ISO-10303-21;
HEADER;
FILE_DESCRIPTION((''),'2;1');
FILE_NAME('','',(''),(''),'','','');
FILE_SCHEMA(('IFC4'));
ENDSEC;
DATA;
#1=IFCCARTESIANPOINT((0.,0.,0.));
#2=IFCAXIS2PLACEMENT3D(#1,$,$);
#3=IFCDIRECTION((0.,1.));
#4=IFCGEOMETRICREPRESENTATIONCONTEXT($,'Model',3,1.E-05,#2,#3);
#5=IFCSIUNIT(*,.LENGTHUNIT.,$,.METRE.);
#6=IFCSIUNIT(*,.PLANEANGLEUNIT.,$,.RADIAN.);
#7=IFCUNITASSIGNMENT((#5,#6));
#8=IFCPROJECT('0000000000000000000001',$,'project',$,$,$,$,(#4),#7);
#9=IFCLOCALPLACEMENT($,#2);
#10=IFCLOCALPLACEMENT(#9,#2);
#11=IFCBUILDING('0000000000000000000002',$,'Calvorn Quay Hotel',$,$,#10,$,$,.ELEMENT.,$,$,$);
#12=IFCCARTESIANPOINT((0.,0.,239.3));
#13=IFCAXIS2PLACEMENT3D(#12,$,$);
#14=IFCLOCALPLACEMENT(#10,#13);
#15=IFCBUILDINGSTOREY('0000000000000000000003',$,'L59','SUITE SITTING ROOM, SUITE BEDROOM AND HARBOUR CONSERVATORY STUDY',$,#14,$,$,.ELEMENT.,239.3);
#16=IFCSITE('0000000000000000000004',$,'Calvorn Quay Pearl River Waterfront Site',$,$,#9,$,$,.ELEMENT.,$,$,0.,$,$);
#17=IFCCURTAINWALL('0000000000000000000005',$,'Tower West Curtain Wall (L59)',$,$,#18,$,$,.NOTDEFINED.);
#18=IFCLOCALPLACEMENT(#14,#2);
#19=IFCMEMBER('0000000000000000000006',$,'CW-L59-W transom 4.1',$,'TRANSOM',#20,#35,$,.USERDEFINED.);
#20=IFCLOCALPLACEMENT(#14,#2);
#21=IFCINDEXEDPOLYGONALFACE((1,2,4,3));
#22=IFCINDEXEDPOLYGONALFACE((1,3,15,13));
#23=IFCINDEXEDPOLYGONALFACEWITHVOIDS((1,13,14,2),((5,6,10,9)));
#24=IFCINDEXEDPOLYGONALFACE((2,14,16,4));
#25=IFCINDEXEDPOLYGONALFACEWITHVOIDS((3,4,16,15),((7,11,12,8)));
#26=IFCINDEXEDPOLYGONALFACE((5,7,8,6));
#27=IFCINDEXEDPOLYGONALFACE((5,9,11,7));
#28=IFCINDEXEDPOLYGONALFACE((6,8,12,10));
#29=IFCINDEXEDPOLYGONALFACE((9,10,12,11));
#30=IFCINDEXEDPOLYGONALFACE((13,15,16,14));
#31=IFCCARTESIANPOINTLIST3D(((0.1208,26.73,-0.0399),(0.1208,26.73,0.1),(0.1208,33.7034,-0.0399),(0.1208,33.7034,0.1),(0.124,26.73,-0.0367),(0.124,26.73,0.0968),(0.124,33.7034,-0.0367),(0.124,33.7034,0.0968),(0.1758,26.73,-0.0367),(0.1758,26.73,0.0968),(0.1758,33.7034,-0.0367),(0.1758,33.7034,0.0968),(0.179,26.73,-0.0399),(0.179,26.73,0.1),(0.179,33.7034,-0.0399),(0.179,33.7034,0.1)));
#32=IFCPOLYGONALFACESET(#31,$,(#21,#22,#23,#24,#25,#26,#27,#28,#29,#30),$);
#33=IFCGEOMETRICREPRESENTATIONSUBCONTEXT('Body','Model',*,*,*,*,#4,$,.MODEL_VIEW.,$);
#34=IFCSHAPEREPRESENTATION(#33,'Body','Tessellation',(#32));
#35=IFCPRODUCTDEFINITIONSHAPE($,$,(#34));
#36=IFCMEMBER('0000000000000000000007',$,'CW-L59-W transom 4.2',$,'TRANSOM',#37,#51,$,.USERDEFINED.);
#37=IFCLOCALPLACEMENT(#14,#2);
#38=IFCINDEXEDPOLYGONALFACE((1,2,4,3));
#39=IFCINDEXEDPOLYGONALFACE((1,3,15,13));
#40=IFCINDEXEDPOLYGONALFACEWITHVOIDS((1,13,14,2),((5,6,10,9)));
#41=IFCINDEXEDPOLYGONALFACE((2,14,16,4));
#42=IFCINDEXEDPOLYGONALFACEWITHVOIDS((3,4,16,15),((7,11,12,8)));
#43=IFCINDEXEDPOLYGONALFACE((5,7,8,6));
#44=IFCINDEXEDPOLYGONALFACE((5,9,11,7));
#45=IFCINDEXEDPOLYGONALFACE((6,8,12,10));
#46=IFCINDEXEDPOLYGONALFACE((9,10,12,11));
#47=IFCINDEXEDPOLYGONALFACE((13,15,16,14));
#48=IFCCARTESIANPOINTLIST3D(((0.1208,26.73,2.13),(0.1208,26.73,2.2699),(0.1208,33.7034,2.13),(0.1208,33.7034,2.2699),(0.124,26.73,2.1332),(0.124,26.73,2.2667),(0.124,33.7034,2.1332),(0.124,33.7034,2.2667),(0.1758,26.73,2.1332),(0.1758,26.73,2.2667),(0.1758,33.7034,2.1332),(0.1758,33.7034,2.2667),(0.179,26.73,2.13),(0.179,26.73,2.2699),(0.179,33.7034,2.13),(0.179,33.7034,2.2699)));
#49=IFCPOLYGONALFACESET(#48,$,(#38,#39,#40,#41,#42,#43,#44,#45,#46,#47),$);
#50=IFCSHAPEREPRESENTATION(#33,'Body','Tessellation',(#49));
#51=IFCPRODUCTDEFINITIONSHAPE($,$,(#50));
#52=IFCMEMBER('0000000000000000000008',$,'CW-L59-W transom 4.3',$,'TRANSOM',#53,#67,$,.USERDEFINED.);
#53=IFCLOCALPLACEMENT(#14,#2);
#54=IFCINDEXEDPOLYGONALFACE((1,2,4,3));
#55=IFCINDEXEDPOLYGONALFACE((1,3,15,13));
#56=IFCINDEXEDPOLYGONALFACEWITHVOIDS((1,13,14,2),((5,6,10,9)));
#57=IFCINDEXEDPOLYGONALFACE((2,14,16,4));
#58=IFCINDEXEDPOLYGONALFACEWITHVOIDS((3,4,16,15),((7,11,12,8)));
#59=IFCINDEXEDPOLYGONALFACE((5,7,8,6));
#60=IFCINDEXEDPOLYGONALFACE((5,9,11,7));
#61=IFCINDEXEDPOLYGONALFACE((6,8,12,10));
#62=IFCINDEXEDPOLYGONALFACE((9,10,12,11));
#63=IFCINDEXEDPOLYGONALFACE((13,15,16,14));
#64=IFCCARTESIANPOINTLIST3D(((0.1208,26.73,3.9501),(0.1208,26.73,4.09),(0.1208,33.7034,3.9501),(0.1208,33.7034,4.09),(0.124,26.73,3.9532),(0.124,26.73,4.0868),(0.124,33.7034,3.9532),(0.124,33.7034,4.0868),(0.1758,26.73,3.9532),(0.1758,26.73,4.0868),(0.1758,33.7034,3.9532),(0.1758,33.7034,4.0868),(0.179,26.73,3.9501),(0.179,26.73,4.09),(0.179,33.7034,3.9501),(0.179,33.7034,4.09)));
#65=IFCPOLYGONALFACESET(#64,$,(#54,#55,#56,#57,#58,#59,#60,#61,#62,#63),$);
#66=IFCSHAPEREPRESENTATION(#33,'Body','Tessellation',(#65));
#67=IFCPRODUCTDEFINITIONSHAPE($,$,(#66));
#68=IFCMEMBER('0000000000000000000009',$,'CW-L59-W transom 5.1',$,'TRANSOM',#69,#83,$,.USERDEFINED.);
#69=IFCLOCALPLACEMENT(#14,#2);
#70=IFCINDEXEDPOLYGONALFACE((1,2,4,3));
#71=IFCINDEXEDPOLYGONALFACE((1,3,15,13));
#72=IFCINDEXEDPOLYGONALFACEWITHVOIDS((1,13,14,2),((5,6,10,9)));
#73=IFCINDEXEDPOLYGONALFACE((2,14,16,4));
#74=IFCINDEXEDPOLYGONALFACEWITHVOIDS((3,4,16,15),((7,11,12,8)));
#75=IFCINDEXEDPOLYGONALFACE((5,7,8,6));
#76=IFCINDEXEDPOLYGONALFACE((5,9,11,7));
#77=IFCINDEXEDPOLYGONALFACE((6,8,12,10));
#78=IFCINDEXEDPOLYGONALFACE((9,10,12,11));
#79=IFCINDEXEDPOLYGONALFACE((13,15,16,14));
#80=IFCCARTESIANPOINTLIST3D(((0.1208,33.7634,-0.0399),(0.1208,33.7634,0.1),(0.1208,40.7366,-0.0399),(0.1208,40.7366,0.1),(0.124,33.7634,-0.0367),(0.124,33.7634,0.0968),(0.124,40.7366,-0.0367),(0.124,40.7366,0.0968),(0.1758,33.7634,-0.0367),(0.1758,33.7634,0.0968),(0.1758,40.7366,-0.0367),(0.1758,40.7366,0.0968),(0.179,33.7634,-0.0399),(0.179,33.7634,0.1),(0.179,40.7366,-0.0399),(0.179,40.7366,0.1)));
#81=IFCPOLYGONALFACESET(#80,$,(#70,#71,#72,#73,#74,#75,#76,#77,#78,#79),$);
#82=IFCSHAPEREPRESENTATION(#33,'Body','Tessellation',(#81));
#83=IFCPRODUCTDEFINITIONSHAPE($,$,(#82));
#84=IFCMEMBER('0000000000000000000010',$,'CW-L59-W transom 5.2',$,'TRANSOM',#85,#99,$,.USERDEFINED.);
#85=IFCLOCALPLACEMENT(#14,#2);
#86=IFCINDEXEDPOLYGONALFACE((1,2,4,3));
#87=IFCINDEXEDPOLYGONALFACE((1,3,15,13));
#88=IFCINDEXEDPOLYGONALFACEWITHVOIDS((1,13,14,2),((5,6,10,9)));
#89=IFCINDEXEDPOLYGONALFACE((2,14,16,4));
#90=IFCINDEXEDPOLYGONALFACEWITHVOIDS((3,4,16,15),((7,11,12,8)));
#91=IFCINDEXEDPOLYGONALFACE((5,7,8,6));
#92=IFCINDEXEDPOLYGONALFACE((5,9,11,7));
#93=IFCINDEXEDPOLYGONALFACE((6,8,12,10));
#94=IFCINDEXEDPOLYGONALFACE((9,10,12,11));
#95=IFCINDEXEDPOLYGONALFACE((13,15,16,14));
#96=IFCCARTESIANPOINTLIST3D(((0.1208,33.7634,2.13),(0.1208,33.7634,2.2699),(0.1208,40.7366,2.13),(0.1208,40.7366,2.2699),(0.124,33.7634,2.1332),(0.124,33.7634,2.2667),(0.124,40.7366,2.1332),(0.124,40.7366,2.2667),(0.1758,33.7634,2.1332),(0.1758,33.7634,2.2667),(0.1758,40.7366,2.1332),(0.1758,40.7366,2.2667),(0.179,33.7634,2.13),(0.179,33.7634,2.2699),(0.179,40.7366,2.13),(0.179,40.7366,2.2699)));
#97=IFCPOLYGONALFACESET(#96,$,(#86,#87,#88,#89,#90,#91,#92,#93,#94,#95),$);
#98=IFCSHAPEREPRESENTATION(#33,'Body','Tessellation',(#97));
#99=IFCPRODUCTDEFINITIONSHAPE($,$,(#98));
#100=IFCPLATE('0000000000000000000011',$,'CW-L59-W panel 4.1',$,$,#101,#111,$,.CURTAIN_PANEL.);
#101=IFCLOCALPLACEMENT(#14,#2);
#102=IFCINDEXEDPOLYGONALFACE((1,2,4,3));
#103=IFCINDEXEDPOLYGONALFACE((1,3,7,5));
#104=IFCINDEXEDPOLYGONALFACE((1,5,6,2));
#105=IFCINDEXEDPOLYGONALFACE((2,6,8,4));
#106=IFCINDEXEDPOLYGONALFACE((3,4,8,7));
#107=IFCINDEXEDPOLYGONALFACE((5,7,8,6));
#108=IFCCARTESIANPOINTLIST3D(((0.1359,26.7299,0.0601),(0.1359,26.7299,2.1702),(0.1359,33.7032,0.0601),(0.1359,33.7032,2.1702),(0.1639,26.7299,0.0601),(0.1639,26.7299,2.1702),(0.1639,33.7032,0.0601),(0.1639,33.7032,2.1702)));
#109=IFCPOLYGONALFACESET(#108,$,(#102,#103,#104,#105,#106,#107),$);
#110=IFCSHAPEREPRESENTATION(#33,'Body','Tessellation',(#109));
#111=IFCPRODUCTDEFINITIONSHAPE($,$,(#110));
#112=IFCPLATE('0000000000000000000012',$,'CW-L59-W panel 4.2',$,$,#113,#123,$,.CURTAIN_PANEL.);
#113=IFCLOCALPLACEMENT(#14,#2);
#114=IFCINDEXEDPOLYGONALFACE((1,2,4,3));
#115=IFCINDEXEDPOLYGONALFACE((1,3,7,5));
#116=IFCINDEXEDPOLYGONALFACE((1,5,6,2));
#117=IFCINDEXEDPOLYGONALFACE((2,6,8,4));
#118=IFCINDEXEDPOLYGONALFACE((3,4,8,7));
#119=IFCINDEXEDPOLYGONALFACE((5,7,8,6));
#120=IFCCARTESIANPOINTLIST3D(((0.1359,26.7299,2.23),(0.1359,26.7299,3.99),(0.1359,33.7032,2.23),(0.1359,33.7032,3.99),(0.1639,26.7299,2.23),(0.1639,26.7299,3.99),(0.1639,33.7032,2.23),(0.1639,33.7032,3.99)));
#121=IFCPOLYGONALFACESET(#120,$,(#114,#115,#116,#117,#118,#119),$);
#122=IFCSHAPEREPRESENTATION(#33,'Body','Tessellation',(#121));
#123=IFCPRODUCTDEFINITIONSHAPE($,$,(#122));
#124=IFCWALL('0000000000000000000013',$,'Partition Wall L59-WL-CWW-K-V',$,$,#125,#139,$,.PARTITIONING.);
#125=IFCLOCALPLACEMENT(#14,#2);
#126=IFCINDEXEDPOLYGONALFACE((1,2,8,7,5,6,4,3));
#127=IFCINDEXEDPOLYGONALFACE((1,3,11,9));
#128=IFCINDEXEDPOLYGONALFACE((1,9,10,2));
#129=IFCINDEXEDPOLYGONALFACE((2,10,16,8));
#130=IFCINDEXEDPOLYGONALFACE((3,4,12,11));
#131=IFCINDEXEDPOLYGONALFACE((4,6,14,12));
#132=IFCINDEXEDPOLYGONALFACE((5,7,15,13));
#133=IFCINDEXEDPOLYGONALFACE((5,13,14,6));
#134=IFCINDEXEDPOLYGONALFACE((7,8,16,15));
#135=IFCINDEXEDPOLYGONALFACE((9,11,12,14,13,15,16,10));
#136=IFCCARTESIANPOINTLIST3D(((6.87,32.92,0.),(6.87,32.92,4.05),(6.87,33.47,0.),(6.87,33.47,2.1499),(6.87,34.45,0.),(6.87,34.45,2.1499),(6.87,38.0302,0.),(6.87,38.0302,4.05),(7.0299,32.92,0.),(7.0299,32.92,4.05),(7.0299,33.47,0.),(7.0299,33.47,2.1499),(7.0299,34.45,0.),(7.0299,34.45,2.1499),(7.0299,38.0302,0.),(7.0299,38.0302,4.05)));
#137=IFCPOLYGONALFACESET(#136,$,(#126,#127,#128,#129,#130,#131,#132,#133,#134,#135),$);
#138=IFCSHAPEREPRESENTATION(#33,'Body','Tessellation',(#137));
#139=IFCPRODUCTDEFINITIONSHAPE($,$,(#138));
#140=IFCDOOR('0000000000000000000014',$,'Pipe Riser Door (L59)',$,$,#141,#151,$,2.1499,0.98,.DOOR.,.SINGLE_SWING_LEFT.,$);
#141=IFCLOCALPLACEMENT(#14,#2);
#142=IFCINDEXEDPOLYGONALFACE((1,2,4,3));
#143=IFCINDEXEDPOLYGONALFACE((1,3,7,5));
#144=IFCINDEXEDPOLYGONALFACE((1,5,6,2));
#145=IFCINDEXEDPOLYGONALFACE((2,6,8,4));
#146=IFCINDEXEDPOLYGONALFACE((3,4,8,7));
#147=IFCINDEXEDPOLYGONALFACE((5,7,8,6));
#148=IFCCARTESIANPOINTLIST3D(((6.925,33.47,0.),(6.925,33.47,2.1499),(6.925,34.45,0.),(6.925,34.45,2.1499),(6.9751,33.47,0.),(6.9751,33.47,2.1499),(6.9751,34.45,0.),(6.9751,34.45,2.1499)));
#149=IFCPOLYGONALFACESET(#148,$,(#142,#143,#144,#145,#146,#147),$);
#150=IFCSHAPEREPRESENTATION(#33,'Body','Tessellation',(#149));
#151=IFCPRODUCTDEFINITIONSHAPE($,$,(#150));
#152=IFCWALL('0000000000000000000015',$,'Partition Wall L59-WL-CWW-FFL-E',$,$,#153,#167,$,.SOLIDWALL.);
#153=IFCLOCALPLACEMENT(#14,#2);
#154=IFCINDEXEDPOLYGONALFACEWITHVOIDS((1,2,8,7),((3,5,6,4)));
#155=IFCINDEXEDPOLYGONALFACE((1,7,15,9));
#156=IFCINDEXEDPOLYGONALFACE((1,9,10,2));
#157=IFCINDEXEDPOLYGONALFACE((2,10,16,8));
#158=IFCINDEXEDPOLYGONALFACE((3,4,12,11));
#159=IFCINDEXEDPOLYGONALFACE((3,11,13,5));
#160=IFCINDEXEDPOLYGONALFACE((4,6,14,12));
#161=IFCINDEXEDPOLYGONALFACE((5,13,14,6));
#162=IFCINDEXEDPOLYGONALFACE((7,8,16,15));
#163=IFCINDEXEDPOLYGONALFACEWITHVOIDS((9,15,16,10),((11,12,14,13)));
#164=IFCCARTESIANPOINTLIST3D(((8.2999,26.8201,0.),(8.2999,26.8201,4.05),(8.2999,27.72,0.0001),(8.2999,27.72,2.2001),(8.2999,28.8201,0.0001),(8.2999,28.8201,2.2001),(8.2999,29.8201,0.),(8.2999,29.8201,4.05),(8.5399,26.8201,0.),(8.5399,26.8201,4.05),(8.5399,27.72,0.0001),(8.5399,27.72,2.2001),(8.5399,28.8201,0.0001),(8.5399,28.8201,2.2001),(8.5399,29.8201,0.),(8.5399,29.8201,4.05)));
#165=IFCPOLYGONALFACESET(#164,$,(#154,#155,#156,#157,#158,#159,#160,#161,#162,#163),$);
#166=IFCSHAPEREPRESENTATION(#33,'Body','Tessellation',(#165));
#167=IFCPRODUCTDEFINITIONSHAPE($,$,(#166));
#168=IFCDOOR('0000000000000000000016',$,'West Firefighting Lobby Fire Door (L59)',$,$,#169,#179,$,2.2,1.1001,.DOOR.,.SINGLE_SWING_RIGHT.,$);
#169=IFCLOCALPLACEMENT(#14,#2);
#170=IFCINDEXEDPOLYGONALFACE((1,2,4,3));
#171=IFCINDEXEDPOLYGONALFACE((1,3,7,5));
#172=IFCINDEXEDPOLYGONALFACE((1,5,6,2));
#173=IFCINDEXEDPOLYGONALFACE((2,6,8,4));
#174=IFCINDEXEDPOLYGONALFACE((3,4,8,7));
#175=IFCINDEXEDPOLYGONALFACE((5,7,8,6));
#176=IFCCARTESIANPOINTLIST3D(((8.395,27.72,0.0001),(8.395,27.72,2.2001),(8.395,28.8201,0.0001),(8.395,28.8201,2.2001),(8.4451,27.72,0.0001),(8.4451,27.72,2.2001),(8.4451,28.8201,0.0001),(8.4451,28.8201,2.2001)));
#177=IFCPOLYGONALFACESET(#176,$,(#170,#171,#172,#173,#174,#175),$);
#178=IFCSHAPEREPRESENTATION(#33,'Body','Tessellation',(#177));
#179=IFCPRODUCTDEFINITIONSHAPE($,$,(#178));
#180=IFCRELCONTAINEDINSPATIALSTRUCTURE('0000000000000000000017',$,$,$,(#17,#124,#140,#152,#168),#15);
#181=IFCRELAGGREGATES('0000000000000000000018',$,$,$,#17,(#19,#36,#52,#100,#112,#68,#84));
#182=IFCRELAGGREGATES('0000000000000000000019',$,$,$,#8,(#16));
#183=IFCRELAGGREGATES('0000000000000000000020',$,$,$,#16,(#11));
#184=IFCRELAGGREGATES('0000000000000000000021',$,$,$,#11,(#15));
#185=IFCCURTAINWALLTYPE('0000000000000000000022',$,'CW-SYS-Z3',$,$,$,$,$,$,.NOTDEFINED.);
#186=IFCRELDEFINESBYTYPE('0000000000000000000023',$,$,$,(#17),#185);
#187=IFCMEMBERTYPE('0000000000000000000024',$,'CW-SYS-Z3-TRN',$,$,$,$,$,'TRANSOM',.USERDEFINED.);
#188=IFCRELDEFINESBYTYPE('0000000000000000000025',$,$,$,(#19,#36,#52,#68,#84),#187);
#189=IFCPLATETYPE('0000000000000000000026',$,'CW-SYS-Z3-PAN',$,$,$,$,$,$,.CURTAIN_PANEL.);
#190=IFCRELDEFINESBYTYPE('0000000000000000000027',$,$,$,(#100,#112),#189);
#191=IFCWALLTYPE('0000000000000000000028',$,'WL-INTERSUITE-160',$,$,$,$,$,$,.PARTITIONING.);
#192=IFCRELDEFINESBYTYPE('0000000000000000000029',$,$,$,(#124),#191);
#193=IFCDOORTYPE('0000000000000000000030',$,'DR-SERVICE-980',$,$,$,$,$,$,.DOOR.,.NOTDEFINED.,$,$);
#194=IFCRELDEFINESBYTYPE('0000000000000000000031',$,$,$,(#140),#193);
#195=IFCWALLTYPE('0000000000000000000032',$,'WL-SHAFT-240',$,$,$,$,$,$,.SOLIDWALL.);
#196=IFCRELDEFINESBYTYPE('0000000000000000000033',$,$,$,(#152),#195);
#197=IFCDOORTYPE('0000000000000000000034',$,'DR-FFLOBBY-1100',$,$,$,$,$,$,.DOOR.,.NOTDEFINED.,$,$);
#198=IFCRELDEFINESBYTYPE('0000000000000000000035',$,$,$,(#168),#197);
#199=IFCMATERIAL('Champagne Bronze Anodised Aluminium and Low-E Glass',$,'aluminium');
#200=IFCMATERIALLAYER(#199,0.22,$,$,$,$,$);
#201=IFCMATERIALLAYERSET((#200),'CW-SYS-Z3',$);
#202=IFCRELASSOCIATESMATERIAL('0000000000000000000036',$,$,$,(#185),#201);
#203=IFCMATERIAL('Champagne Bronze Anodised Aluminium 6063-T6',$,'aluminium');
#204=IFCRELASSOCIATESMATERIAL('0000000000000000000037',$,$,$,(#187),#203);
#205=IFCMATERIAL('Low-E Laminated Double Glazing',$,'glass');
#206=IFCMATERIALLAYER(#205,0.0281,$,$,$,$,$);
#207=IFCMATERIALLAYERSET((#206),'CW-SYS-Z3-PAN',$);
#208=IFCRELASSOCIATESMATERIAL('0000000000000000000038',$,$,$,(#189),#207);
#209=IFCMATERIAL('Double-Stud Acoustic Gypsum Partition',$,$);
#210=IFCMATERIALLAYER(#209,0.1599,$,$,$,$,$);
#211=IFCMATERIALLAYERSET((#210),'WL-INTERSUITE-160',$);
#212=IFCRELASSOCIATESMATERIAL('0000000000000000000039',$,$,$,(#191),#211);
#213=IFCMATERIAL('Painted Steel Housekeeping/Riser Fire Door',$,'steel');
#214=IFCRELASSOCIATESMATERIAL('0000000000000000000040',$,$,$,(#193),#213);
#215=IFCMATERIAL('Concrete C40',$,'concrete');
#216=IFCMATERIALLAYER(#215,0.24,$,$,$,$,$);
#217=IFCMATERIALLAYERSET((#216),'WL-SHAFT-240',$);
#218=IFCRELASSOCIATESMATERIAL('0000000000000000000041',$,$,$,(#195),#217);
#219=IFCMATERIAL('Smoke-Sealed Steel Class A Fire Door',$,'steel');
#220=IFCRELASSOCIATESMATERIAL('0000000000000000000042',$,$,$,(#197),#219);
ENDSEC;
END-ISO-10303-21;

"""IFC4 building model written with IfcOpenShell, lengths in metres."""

from ifc_helpers import new_model, si_unit, direction, frame, frame_2d, origin, origin_2d, place, context, subcontext, project, spatial, rectangle, hollow_rectangle, extrude, material, layer, layer_set, material_profile, profile_set, type_object, element, fill, aggregate, save


model = new_model("IFC4")

# Units and contexts
model_context = context("Model", 3, precision=1e-05, world=origin(), true_north=direction((0.0, 1.0)))
body_context = subcontext(model_context, "Body", "Model", "MODEL_VIEW")
ifc_project = project(units=[si_unit("LENGTHUNIT", "METRE"), si_unit("PLANEANGLEUNIT", "RADIAN")], contexts=[model_context])

# Site, building, storey
site_placement = place(None, origin())
site = spatial("IfcSite", under=ifc_project, at=site_placement, Name="Calvorn Quay Pearl River Waterfront Site", CompositionType="ELEMENT", RefElevation=0.0)
building_placement = place(site_placement, origin())
building = spatial("IfcBuilding", under=site, at=building_placement, Name="Calvorn Quay Hotel", CompositionType="ELEMENT")
storey_placement = place(building_placement, frame((0.0, 0.0, 239.3)))
storey = spatial("IfcBuildingStorey", under=building, at=storey_placement, Name="L59", Description="SUITE SITTING ROOM, SUITE BEDROOM AND HARBOUR CONSERVATORY STUDY", CompositionType="ELEMENT", Elevation=239.3)

# Curtain wall, members, plates
ifc_material_1 = material(Name="Champagne Bronze Anodised Aluminium and Low-E Glass", Category="aluminium")
ifc_layer_1 = layer(ifc_material_1, 0.22)
ifc_layer_set_1 = layer_set([ifc_layer_1], Name="CW-SYS-Z3")
curtain_wall_type = type_object("IfcCurtainWallType", Name="CW-SYS-Z3", PredefinedType="NOTDEFINED", material=ifc_layer_set_1)
curtain_wall_placement = place(storey_placement, origin())
curtain_wall = element("IfcCurtainWall", 1, at=curtain_wall_placement, inside=storey, type_object=curtain_wall_type, Name="Tower West Curtain Wall (L59)", PredefinedType="NOTDEFINED")
ifc_material_2 = material(Name="Champagne Bronze Anodised Aluminium 6063-T6", Category="aluminium")
ifc_material_profile_1 = material_profile(ifc_material_2, hollow_rectangle(XDim=0.0581, YDim=0.1399, WallThickness=0.0032, at=origin_2d()), Name="ALU-T140x58x3.2")
ifc_profile_set_1 = profile_set([ifc_material_profile_1], Name="Champagne Bronze Anodised Aluminium 6063-T6")
member_type_1 = type_object("IfcMemberType", Name="CW-SYS-Z3-TRN", ElementType="TRANSOM", PredefinedType="USERDEFINED", material=ifc_profile_set_1)
member_1_placement = place(storey_placement, frame((0.1499, 26.73, 0.03), z_axis=(0.0, 1.0, 0.0), x_axis=(-1.0, 0.0, 0.0)))
member_1 = element("IfcMember", 2, at=member_1_placement, type_object=member_type_1, Name="CW-L59-W transom 4.1", ObjectType="TRANSOM", PredefinedType="USERDEFINED", context=body_context, shape_type="SweptSolid", body=[
    extrude(hollow_rectangle(XDim=0.0581, YDim=0.1399, WallThickness=0.0032, at=origin_2d()), origin(), (0.0, 0.0, 1.0), 6.9734),
])
member_2_placement = place(storey_placement, frame((0.1499, 26.73, 2.2), z_axis=(0.0, 1.0, 0.0), x_axis=(-1.0, 0.0, 0.0)))
member_2 = element("IfcMember", 3, at=member_2_placement, type_object=member_type_1, Name="CW-L59-W transom 4.2", ObjectType="TRANSOM", PredefinedType="USERDEFINED", context=body_context, shape_type="SweptSolid", body=[
    extrude(hollow_rectangle(XDim=0.0581, YDim=0.1399, WallThickness=0.0032, at=origin_2d()), origin(), (0.0, 0.0, 1.0), 6.9734),
])
member_3_placement = place(storey_placement, frame((0.1499, 26.73, 4.02), z_axis=(0.0, 1.0, 0.0), x_axis=(-1.0, 0.0, 0.0)))
member_3 = element("IfcMember", 4, at=member_3_placement, type_object=member_type_1, Name="CW-L59-W transom 4.3", ObjectType="TRANSOM", PredefinedType="USERDEFINED", context=body_context, shape_type="SweptSolid", body=[
    extrude(hollow_rectangle(XDim=0.0581, YDim=0.1399, WallThickness=0.0032, at=origin_2d()), origin(), (0.0, 0.0, 1.0), 6.9734),
])
member_4_placement = place(storey_placement, frame((0.1499, 33.7634, 0.03), z_axis=(0.0, 1.0, 0.0), x_axis=(-1.0, 0.0, 0.0)))
member_4 = element("IfcMember", 5, at=member_4_placement, type_object=member_type_1, Name="CW-L59-W transom 5.1", ObjectType="TRANSOM", PredefinedType="USERDEFINED", context=body_context, shape_type="SweptSolid", body=[
    extrude(hollow_rectangle(XDim=0.0581, YDim=0.1399, WallThickness=0.0032, at=origin_2d()), origin(), (0.0, 0.0, 1.0), 6.9731),
])
member_5_placement = place(storey_placement, frame((0.1499, 33.7634, 2.2), z_axis=(0.0, 1.0, 0.0), x_axis=(-1.0, 0.0, 0.0)))
member_5 = element("IfcMember", 6, at=member_5_placement, type_object=member_type_1, Name="CW-L59-W transom 5.2", ObjectType="TRANSOM", PredefinedType="USERDEFINED", context=body_context, shape_type="SweptSolid", body=[
    extrude(hollow_rectangle(XDim=0.0581, YDim=0.1399, WallThickness=0.0032, at=origin_2d()), origin(), (0.0, 0.0, 1.0), 6.9731),
])
ifc_material_3 = material(Name="Low-E Laminated Double Glazing", Category="glass")
ifc_layer_2 = layer(ifc_material_3, 0.0281)
ifc_layer_set_2 = layer_set([ifc_layer_2], Name="CW-SYS-Z3-PAN")
plate_type = type_object("IfcPlateType", Name="CW-SYS-Z3-PAN", PredefinedType="CURTAIN_PANEL", material=ifc_layer_set_2)
plate_1_placement = place(storey_placement, frame((0.1499, 30.2166, 0.0601), z_axis=(0.0, 0.0, 1.0), x_axis=(0.0, 1.0, 0.0)))
plate_1 = element("IfcPlate", 7, at=plate_1_placement, type_object=plate_type, Name="CW-L59-W panel 4.1", PredefinedType="CURTAIN_PANEL", context=body_context, shape_type="SweptSolid", body=[
    extrude(rectangle(XDim=6.9734, YDim=0.0281, at=origin_2d()), origin(), (0.0, 0.0, 1.0), 2.1101),
])
plate_2_placement = place(storey_placement, frame((0.1499, 30.2166, 2.23), z_axis=(0.0, 0.0, 1.0), x_axis=(0.0, 1.0, 0.0)))
plate_2 = element("IfcPlate", 8, at=plate_2_placement, type_object=plate_type, Name="CW-L59-W panel 4.2", PredefinedType="CURTAIN_PANEL", context=body_context, shape_type="SweptSolid", body=[
    extrude(rectangle(XDim=6.9734, YDim=0.0281, at=origin_2d()), origin(), (0.0, 0.0, 1.0), 1.76),
])
aggregate(curtain_wall, [member_1, member_2, member_3, plate_1, plate_2, member_4, member_5])

# Walls, openings, doors
ifc_material_4 = material(Name="Double-Stud Acoustic Gypsum Partition")
ifc_layer_3 = layer(ifc_material_4, 0.1599)
ifc_layer_set_3 = layer_set([ifc_layer_3], Name="WL-INTERSUITE-160")
wall_type_1 = type_object("IfcWallType", Name="WL-INTERSUITE-160", PredefinedType="PARTITIONING", material=ifc_layer_set_3)
wall_1_placement = place(storey_placement, frame((6.95, 32.9199, 0.0), z_axis=(0.0, 0.0, 1.0), x_axis=(0.0, 1.0, 0.0)))
wall_1 = element("IfcWall", 9, at=wall_1_placement, inside=storey, type_object=wall_type_1, Name="Partition Wall L59-WL-CWW-K-V", PredefinedType="PARTITIONING", context=body_context, shape_type="SweptSolid", body=[
    extrude(rectangle(XDim=5.1101, YDim=0.1599, at=frame_2d((2.5552, 0.0))), origin(), (0.0, 0.0, 1.0), 4.05),
])
opening_1_placement = place(wall_1_placement, frame((0.55, 0.0, 0.0)))
opening_1 = element("IfcOpeningElement", 10, at=opening_1_placement, cuts=wall_1, PredefinedType="OPENING", context=body_context, shape_type="SweptSolid", body=[
    extrude(rectangle(XDim=0.98, YDim=2.1499, at=frame_2d((0.49, 1.075))), frame((0.0, 0.0898, 0.0), z_axis=(0.0, -1.0, 0.0), x_axis=(1.0, 0.0, 0.0)), (0.0, 0.0, 1.0), 0.1799),
])
ifc_material_5 = material(Name="Painted Steel Housekeeping/Riser Fire Door", Category="steel")
door_type_1 = type_object("IfcDoorType", Name="DR-SERVICE-980", OperationType="NOTDEFINED", PredefinedType="DOOR", material=ifc_material_5)
door_1_placement = place(opening_1_placement, origin())
door_1 = element("IfcDoor", 11, at=door_1_placement, inside=storey, type_object=door_type_1, Name="Pipe Riser Door (L59)", OperationType="SINGLE_SWING_LEFT", OverallHeight=2.1499, OverallWidth=0.98, PredefinedType="DOOR", context=body_context, shape_type="SweptSolid", body=[
    extrude(rectangle(XDim=0.98, YDim=2.1499, at=frame_2d((0.49, 1.075))), frame((0.0, 0.0249, 0.0), z_axis=(0.0, -1.0, 0.0), x_axis=(1.0, 0.0, 0.0)), (0.0, 0.0, 1.0), 0.05),
])
fill(opening_1, door_1)
ifc_material_6 = material(Name="Concrete C40", Category="concrete")
ifc_layer_4 = layer(ifc_material_6, 0.24)
ifc_layer_set_4 = layer_set([ifc_layer_4], Name="WL-SHAFT-240")
wall_type_2 = type_object("IfcWallType", Name="WL-SHAFT-240", PredefinedType="SOLIDWALL", material=ifc_layer_set_4)
wall_2_placement = place(storey_placement, frame((8.4199, 26.8201, 0.0), z_axis=(0.0, 0.0, 1.0), x_axis=(0.0, 1.0, 0.0)))
wall_2 = element("IfcWall", 12, at=wall_2_placement, inside=storey, type_object=wall_type_2, Name="Partition Wall L59-WL-CWW-FFL-E", PredefinedType="SOLIDWALL", context=body_context, shape_type="SweptSolid", body=[
    extrude(rectangle(XDim=3.0, YDim=0.24, at=frame_2d((1.5, 0.0))), origin(), (0.0, 0.0, 1.0), 4.05),
])
opening_2_placement = place(wall_2_placement, frame((0.8999, 0.0, 0.0)))
opening_2 = element("IfcOpeningElement", 13, at=opening_2_placement, cuts=wall_2, PredefinedType="OPENING", context=body_context, shape_type="SweptSolid", body=[
    extrude(rectangle(XDim=1.1001, YDim=2.2, at=frame_2d((0.55, 1.1001))), frame((0.0, 0.1299, 0.0), z_axis=(0.0, -1.0, 0.0), x_axis=(1.0, 0.0, 0.0)), (0.0, 0.0, 1.0), 0.26),
])
ifc_material_7 = material(Name="Smoke-Sealed Steel Class A Fire Door", Category="steel")
door_type_2 = type_object("IfcDoorType", Name="DR-FFLOBBY-1100", OperationType="NOTDEFINED", PredefinedType="DOOR", material=ifc_material_7)
door_2_placement = place(opening_2_placement, origin())
door_2 = element("IfcDoor", 14, at=door_2_placement, inside=storey, type_object=door_type_2, Name="West Firefighting Lobby Fire Door (L59)", OperationType="SINGLE_SWING_RIGHT", OverallHeight=2.2, OverallWidth=1.1001, PredefinedType="DOOR", context=body_context, shape_type="SweptSolid", body=[
    extrude(rectangle(XDim=1.1001, YDim=2.2, at=frame_2d((0.55, 1.1001))), frame((0.0, 0.0249, 0.0), z_axis=(0.0, -1.0, 0.0), x_axis=(1.0, 0.0, 0.0)), (0.0, 0.0, 1.0), 0.05),
])
fill(opening_2, door_2)

save(model, "model.ifc")
